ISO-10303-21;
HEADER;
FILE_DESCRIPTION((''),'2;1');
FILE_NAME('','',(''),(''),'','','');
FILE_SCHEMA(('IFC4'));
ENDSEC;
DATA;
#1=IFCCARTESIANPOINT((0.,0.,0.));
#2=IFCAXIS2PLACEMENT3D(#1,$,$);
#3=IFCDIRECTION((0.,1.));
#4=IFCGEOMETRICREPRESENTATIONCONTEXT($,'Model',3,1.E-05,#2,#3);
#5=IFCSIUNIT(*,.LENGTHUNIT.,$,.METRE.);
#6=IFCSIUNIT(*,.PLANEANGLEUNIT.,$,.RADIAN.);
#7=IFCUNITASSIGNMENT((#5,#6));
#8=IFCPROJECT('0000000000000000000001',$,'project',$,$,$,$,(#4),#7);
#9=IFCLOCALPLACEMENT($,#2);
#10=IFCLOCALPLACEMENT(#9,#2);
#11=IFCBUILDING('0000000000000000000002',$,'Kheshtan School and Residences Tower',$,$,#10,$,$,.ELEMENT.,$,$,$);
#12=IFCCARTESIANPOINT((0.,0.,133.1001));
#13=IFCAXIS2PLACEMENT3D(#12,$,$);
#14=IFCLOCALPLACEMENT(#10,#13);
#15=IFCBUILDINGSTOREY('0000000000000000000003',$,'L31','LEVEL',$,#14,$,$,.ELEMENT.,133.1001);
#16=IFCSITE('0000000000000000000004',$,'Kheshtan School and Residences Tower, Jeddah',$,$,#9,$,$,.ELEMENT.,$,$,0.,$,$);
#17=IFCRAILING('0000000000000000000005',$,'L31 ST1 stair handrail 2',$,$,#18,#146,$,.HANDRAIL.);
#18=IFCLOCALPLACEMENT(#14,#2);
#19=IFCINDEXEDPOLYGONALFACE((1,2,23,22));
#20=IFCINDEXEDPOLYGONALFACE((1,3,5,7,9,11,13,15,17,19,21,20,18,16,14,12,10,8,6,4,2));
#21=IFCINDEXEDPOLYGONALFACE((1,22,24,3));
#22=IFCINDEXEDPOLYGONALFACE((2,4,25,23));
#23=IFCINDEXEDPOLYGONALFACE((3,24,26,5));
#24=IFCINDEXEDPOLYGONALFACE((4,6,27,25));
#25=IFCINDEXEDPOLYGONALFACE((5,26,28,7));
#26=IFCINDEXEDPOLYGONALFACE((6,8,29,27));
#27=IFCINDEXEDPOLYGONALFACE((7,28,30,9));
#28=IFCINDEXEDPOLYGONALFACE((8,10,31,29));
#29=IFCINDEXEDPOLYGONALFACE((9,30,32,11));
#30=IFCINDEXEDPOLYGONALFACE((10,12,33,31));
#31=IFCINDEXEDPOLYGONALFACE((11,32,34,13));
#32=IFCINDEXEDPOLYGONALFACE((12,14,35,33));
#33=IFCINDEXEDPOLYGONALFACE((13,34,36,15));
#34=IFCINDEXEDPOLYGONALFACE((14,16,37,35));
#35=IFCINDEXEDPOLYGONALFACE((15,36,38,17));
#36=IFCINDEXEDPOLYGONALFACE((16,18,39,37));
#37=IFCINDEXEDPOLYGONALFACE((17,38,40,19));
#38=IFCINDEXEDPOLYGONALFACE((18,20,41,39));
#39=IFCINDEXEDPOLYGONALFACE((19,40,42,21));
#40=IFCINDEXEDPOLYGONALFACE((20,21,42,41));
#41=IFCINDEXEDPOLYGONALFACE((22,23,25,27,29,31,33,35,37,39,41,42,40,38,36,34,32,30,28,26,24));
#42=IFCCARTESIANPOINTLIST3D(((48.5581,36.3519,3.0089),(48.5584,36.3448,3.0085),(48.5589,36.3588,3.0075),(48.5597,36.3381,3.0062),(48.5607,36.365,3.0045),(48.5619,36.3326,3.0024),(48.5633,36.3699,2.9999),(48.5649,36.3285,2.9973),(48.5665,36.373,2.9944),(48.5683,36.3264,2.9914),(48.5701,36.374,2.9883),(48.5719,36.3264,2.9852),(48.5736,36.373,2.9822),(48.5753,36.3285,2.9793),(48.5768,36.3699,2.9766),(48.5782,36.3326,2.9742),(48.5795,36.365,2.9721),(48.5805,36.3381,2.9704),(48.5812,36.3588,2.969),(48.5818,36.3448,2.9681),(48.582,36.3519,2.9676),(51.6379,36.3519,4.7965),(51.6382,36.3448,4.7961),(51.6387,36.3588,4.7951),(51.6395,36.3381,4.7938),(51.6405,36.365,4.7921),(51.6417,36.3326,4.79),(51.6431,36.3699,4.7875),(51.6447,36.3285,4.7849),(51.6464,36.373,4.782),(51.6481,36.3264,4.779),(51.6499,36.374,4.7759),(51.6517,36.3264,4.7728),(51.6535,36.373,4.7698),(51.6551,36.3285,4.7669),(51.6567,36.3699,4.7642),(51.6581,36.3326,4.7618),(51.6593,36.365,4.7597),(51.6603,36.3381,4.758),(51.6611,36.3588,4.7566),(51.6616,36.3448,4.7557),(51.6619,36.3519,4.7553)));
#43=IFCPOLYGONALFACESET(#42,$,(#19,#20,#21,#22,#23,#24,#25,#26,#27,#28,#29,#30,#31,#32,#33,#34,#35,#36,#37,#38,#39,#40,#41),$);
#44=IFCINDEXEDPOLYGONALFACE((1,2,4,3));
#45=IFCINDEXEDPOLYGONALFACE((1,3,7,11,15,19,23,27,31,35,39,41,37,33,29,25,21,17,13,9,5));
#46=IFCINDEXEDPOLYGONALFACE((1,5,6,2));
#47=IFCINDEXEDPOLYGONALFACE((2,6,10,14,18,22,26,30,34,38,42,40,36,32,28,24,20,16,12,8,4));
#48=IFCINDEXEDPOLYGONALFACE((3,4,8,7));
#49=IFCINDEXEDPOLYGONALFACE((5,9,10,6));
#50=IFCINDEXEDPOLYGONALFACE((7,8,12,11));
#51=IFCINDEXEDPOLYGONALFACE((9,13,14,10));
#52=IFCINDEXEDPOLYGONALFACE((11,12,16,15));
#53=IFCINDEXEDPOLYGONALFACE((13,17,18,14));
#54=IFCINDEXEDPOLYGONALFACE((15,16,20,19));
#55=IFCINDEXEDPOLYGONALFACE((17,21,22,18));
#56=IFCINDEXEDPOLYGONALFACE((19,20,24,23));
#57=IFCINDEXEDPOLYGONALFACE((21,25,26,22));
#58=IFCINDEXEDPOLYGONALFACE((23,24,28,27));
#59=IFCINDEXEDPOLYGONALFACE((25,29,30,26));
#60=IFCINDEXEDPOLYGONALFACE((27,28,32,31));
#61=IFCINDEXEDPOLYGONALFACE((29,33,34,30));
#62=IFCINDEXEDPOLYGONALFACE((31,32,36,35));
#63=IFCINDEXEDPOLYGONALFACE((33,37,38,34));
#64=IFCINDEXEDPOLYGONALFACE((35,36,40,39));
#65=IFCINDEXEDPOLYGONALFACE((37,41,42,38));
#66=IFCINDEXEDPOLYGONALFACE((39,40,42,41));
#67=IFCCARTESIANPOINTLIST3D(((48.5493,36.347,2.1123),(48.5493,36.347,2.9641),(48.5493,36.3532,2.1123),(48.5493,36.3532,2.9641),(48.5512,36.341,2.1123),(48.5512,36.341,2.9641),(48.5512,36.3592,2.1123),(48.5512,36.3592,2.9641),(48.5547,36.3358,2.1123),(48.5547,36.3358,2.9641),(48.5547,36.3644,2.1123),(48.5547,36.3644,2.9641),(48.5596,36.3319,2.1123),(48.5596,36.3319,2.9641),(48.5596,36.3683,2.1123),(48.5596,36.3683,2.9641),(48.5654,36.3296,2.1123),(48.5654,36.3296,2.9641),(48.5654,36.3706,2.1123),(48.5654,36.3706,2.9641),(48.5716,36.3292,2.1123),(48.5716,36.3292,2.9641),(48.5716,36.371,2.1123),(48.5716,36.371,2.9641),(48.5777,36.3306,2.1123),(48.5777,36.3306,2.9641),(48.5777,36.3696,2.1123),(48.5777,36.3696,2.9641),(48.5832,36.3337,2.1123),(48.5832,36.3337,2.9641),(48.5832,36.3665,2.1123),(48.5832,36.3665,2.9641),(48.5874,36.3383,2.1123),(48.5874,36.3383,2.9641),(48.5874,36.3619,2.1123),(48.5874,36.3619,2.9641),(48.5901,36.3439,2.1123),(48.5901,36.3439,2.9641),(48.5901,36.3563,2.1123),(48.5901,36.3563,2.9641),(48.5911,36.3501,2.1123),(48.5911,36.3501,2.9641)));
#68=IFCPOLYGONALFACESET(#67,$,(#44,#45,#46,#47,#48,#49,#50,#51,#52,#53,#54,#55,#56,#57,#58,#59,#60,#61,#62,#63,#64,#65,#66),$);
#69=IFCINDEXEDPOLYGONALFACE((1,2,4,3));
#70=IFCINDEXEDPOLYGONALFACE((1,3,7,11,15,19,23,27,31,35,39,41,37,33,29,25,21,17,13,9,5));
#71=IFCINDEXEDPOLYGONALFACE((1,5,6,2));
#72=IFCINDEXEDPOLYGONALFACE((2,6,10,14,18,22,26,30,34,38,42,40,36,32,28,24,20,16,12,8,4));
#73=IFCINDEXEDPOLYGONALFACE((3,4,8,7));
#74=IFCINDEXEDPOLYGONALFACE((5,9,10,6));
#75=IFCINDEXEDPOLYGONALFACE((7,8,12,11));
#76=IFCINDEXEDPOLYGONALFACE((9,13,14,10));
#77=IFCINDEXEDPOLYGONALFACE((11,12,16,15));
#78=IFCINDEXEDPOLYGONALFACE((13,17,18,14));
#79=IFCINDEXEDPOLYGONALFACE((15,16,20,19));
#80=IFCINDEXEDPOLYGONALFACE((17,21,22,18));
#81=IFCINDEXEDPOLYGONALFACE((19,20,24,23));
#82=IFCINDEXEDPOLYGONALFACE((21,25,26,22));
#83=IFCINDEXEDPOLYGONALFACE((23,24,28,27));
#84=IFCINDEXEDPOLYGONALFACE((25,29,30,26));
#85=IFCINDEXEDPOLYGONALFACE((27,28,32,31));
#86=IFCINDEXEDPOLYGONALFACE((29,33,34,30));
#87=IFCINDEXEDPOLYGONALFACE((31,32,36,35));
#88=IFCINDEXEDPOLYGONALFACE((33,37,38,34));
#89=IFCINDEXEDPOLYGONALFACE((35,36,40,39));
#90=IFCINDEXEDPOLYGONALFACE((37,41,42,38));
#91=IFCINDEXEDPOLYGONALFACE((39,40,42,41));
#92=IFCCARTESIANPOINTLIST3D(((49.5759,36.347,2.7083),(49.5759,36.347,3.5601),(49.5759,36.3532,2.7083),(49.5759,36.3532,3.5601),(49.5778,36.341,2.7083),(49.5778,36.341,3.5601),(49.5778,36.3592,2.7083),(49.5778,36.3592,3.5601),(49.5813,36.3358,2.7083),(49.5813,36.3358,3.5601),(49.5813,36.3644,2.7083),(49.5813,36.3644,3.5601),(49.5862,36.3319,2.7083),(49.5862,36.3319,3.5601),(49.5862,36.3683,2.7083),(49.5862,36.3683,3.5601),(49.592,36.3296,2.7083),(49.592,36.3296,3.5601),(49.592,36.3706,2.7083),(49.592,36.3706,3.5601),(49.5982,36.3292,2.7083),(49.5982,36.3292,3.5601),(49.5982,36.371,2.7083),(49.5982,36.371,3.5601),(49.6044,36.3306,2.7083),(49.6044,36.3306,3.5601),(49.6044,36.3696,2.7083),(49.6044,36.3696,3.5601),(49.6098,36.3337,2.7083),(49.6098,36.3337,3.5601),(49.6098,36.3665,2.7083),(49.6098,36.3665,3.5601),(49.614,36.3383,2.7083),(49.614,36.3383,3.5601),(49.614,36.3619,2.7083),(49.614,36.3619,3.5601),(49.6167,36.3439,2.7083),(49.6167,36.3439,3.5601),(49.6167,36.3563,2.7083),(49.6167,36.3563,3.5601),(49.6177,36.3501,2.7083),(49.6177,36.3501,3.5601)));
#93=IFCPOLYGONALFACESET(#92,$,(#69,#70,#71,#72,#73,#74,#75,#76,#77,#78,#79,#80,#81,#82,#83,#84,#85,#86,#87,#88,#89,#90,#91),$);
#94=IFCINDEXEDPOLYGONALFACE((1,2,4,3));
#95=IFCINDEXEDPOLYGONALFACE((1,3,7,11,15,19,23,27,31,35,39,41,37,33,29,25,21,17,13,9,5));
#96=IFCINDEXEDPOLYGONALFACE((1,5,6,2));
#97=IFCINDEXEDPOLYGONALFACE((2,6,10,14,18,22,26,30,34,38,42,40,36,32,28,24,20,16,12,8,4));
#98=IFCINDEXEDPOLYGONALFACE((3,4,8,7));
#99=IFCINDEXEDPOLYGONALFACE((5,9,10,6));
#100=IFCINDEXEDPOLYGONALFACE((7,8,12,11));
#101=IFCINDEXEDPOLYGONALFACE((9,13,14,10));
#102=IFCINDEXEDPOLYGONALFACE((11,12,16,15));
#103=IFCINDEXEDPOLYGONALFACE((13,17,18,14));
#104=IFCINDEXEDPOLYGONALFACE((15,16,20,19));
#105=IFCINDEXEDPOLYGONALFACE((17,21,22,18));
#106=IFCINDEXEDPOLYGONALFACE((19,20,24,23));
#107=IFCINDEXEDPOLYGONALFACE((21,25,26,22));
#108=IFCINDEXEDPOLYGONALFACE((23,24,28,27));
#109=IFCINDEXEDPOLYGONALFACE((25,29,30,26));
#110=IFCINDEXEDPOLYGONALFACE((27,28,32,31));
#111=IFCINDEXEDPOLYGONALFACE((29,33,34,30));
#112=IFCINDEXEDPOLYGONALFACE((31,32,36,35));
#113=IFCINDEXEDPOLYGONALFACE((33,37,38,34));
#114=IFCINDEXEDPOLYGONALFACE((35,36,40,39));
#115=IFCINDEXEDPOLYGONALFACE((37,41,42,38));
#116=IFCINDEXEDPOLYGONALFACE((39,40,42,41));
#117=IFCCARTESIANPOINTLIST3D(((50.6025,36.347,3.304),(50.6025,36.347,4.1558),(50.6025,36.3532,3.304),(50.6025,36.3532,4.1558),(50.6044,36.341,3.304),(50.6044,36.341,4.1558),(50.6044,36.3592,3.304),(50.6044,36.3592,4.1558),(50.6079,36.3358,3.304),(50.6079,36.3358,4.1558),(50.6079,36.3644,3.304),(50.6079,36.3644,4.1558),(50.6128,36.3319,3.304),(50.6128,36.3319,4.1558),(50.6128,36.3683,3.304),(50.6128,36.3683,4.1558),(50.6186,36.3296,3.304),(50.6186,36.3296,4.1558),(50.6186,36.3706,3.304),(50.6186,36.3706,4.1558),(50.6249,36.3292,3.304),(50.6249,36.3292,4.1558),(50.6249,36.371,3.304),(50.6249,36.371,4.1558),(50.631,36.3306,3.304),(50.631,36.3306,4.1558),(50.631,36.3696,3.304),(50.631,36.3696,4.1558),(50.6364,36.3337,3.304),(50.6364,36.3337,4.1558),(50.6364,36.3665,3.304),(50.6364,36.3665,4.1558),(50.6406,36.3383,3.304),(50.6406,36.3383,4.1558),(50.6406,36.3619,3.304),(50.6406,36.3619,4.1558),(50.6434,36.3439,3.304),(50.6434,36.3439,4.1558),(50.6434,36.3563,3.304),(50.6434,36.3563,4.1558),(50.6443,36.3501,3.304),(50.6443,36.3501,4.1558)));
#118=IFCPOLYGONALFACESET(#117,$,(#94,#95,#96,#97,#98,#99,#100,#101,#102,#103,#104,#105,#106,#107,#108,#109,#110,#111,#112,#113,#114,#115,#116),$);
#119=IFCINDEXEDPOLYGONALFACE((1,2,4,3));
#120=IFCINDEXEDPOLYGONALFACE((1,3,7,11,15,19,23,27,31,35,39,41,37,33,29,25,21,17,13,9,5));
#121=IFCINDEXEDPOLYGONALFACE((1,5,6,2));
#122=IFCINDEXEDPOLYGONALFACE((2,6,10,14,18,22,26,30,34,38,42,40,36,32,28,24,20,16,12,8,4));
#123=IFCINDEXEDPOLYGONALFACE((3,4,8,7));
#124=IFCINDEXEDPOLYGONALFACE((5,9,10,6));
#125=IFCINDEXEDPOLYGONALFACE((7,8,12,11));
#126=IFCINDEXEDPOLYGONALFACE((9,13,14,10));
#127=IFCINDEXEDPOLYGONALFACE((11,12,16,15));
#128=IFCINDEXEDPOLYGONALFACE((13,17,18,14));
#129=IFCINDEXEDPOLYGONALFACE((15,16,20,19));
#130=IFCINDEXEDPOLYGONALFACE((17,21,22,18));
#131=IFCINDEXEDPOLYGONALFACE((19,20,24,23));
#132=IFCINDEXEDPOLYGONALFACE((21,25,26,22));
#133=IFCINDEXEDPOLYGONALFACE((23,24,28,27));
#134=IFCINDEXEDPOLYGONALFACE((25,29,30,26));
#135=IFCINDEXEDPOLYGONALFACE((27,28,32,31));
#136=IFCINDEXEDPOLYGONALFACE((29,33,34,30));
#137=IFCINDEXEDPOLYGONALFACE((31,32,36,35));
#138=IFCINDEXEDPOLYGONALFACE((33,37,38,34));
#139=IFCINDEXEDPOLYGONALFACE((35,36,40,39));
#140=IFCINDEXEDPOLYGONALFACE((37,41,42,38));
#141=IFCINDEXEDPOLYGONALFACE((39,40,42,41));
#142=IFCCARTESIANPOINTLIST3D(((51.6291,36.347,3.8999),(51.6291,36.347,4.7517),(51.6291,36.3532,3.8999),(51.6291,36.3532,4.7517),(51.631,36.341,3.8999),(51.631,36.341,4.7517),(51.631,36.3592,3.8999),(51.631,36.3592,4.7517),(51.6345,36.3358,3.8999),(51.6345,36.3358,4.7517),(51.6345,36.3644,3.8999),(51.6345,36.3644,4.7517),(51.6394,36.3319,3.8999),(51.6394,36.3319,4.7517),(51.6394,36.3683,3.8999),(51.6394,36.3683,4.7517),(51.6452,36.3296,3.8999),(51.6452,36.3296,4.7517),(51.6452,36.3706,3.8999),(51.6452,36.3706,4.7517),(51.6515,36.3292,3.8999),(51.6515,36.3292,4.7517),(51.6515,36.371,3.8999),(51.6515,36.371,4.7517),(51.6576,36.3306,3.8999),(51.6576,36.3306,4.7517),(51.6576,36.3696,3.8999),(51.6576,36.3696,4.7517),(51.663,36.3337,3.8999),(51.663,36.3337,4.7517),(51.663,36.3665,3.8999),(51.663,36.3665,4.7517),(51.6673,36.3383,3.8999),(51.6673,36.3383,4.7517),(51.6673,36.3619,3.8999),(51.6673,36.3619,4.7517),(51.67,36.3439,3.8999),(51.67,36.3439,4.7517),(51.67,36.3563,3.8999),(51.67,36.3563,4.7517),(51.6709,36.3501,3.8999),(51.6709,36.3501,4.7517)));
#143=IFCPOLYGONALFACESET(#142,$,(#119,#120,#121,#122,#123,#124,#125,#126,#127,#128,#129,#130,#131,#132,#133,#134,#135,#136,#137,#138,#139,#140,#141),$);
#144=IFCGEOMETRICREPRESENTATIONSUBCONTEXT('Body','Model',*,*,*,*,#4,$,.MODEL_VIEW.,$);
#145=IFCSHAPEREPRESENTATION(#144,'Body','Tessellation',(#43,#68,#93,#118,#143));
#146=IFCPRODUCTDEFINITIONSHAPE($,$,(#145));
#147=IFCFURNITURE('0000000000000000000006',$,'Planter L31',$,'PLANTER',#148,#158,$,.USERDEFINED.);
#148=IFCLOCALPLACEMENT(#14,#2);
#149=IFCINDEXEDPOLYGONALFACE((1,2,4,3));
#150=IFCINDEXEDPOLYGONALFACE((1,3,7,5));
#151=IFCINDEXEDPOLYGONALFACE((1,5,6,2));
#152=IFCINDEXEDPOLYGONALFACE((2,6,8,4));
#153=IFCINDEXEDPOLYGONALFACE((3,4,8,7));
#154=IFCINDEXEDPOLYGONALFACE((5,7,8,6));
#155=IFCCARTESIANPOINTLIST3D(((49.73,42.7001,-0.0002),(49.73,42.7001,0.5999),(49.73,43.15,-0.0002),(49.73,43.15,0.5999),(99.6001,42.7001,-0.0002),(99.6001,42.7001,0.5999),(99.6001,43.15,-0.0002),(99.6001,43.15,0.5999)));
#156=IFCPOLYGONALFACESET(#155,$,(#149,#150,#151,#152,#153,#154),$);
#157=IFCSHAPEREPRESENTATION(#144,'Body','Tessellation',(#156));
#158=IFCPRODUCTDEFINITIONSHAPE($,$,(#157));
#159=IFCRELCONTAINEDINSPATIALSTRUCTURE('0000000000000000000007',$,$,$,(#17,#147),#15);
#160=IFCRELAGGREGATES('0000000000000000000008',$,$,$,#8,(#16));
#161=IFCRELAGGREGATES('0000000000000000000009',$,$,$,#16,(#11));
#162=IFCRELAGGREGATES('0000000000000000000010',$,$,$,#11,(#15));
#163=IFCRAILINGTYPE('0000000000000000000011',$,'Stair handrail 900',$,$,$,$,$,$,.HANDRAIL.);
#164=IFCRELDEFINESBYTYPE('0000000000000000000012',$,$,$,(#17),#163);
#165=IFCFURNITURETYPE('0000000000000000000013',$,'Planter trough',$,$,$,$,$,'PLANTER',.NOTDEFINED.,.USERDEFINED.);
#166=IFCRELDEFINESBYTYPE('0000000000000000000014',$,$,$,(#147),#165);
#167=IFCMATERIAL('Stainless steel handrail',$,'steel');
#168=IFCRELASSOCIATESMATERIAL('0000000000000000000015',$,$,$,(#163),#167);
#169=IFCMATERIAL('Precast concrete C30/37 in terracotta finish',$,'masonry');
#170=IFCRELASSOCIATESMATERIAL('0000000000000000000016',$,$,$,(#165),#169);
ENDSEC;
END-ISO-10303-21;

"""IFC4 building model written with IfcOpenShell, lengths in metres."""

from ifc_helpers import new_model, si_unit, direction, frame, origin, origin_2d, place, context, subcontext, project, spatial, rectangle, circle, extrude, material, type_object, element, save


model = new_model("IFC4")

# Units and contexts
model_context = context("Model", 3, precision=1e-05, world=origin(), true_north=direction((0.0, 1.0)))
body_context = subcontext(model_context, "Body", "Model", "MODEL_VIEW")
ifc_project = project(units=[si_unit("LENGTHUNIT", "METRE"), si_unit("PLANEANGLEUNIT", "RADIAN")], contexts=[model_context])

# Site, building, storey
site_placement = place(None, origin())
site = spatial("IfcSite", under=ifc_project, at=site_placement, Name="Kheshtan School and Residences Tower, Jeddah", CompositionType="ELEMENT", RefElevation=0.0)
building_placement = place(site_placement, origin())
building = spatial("IfcBuilding", under=site, at=building_placement, Name="Kheshtan School and Residences Tower", CompositionType="ELEMENT")
storey_placement = place(building_placement, frame((0.0, 0.0, 133.1001)))
storey = spatial("IfcBuildingStorey", under=building, at=storey_placement, Name="L31", Description="LEVEL", CompositionType="ELEMENT", Elevation=133.1001)

# Railing
ifc_material_1 = material(Name="Stainless steel handrail", Category="steel")
railing_type_1 = type_object("IfcRailingType", Name="Stair handrail 900", PredefinedType="HANDRAIL", material=ifc_material_1)
railing_1_placement = place(storey_placement, frame((48.5701, 36.3501, 2.1123)))
element("IfcRailing", 1, at=railing_1_placement, inside=storey, type_object=railing_type_1, Name="L31 ST1 stair handrail 2", PredefinedType="HANDRAIL", context=body_context, shape_type="SweptSolid", body=[
    extrude(circle(Radius=0.0239, at=origin_2d()), frame((0.0, 0.0, 0.876), z_axis=(0.864873, 0.0, 0.50199), x_axis=(0.0, 1.0, 0.0)), (0.0, 0.0, 1.0), 3.561),
    extrude(circle(Radius=0.021, at=origin_2d()), origin(), (0.0, 0.0, 1.0), 0.8518),
    extrude(circle(Radius=0.021, at=origin_2d()), frame((1.0266, 0.0, 0.5959)), (0.0, 0.0, 1.0), 0.8518),
    extrude(circle(Radius=0.021, at=origin_2d()), frame((2.0532, 0.0, 1.1917)), (0.0, 0.0, 1.0), 0.8518),
    extrude(circle(Radius=0.021, at=origin_2d()), frame((3.0798, 0.0, 1.7876)), (0.0, 0.0, 1.0), 0.8518),
])

# Furniture
ifc_material_2 = material(Name="Precast concrete C30/37 in terracotta finish", Category="masonry")
furniture_type = type_object("IfcFurnitureType", Name="Planter trough", ElementType="PLANTER", AssemblyPlace="NOTDEFINED", PredefinedType="USERDEFINED", material=ifc_material_2)
furniture_placement = place(storey_placement, frame((74.665, 42.925, -0.0002), z_axis=(0.0, 0.0, 1.0), x_axis=(1.0, 0.0, 0.0)))
element("IfcFurniture", 2, at=furniture_placement, inside=storey, type_object=furniture_type, Name="Planter L31", ObjectType="PLANTER", PredefinedType="USERDEFINED", context=body_context, shape_type="SweptSolid", body=[
    extrude(rectangle(XDim=49.8701, YDim=0.45, at=origin_2d()), origin(), (0.0, 0.0, 1.0), 0.6001),
])

save(model, "model.ifc")
